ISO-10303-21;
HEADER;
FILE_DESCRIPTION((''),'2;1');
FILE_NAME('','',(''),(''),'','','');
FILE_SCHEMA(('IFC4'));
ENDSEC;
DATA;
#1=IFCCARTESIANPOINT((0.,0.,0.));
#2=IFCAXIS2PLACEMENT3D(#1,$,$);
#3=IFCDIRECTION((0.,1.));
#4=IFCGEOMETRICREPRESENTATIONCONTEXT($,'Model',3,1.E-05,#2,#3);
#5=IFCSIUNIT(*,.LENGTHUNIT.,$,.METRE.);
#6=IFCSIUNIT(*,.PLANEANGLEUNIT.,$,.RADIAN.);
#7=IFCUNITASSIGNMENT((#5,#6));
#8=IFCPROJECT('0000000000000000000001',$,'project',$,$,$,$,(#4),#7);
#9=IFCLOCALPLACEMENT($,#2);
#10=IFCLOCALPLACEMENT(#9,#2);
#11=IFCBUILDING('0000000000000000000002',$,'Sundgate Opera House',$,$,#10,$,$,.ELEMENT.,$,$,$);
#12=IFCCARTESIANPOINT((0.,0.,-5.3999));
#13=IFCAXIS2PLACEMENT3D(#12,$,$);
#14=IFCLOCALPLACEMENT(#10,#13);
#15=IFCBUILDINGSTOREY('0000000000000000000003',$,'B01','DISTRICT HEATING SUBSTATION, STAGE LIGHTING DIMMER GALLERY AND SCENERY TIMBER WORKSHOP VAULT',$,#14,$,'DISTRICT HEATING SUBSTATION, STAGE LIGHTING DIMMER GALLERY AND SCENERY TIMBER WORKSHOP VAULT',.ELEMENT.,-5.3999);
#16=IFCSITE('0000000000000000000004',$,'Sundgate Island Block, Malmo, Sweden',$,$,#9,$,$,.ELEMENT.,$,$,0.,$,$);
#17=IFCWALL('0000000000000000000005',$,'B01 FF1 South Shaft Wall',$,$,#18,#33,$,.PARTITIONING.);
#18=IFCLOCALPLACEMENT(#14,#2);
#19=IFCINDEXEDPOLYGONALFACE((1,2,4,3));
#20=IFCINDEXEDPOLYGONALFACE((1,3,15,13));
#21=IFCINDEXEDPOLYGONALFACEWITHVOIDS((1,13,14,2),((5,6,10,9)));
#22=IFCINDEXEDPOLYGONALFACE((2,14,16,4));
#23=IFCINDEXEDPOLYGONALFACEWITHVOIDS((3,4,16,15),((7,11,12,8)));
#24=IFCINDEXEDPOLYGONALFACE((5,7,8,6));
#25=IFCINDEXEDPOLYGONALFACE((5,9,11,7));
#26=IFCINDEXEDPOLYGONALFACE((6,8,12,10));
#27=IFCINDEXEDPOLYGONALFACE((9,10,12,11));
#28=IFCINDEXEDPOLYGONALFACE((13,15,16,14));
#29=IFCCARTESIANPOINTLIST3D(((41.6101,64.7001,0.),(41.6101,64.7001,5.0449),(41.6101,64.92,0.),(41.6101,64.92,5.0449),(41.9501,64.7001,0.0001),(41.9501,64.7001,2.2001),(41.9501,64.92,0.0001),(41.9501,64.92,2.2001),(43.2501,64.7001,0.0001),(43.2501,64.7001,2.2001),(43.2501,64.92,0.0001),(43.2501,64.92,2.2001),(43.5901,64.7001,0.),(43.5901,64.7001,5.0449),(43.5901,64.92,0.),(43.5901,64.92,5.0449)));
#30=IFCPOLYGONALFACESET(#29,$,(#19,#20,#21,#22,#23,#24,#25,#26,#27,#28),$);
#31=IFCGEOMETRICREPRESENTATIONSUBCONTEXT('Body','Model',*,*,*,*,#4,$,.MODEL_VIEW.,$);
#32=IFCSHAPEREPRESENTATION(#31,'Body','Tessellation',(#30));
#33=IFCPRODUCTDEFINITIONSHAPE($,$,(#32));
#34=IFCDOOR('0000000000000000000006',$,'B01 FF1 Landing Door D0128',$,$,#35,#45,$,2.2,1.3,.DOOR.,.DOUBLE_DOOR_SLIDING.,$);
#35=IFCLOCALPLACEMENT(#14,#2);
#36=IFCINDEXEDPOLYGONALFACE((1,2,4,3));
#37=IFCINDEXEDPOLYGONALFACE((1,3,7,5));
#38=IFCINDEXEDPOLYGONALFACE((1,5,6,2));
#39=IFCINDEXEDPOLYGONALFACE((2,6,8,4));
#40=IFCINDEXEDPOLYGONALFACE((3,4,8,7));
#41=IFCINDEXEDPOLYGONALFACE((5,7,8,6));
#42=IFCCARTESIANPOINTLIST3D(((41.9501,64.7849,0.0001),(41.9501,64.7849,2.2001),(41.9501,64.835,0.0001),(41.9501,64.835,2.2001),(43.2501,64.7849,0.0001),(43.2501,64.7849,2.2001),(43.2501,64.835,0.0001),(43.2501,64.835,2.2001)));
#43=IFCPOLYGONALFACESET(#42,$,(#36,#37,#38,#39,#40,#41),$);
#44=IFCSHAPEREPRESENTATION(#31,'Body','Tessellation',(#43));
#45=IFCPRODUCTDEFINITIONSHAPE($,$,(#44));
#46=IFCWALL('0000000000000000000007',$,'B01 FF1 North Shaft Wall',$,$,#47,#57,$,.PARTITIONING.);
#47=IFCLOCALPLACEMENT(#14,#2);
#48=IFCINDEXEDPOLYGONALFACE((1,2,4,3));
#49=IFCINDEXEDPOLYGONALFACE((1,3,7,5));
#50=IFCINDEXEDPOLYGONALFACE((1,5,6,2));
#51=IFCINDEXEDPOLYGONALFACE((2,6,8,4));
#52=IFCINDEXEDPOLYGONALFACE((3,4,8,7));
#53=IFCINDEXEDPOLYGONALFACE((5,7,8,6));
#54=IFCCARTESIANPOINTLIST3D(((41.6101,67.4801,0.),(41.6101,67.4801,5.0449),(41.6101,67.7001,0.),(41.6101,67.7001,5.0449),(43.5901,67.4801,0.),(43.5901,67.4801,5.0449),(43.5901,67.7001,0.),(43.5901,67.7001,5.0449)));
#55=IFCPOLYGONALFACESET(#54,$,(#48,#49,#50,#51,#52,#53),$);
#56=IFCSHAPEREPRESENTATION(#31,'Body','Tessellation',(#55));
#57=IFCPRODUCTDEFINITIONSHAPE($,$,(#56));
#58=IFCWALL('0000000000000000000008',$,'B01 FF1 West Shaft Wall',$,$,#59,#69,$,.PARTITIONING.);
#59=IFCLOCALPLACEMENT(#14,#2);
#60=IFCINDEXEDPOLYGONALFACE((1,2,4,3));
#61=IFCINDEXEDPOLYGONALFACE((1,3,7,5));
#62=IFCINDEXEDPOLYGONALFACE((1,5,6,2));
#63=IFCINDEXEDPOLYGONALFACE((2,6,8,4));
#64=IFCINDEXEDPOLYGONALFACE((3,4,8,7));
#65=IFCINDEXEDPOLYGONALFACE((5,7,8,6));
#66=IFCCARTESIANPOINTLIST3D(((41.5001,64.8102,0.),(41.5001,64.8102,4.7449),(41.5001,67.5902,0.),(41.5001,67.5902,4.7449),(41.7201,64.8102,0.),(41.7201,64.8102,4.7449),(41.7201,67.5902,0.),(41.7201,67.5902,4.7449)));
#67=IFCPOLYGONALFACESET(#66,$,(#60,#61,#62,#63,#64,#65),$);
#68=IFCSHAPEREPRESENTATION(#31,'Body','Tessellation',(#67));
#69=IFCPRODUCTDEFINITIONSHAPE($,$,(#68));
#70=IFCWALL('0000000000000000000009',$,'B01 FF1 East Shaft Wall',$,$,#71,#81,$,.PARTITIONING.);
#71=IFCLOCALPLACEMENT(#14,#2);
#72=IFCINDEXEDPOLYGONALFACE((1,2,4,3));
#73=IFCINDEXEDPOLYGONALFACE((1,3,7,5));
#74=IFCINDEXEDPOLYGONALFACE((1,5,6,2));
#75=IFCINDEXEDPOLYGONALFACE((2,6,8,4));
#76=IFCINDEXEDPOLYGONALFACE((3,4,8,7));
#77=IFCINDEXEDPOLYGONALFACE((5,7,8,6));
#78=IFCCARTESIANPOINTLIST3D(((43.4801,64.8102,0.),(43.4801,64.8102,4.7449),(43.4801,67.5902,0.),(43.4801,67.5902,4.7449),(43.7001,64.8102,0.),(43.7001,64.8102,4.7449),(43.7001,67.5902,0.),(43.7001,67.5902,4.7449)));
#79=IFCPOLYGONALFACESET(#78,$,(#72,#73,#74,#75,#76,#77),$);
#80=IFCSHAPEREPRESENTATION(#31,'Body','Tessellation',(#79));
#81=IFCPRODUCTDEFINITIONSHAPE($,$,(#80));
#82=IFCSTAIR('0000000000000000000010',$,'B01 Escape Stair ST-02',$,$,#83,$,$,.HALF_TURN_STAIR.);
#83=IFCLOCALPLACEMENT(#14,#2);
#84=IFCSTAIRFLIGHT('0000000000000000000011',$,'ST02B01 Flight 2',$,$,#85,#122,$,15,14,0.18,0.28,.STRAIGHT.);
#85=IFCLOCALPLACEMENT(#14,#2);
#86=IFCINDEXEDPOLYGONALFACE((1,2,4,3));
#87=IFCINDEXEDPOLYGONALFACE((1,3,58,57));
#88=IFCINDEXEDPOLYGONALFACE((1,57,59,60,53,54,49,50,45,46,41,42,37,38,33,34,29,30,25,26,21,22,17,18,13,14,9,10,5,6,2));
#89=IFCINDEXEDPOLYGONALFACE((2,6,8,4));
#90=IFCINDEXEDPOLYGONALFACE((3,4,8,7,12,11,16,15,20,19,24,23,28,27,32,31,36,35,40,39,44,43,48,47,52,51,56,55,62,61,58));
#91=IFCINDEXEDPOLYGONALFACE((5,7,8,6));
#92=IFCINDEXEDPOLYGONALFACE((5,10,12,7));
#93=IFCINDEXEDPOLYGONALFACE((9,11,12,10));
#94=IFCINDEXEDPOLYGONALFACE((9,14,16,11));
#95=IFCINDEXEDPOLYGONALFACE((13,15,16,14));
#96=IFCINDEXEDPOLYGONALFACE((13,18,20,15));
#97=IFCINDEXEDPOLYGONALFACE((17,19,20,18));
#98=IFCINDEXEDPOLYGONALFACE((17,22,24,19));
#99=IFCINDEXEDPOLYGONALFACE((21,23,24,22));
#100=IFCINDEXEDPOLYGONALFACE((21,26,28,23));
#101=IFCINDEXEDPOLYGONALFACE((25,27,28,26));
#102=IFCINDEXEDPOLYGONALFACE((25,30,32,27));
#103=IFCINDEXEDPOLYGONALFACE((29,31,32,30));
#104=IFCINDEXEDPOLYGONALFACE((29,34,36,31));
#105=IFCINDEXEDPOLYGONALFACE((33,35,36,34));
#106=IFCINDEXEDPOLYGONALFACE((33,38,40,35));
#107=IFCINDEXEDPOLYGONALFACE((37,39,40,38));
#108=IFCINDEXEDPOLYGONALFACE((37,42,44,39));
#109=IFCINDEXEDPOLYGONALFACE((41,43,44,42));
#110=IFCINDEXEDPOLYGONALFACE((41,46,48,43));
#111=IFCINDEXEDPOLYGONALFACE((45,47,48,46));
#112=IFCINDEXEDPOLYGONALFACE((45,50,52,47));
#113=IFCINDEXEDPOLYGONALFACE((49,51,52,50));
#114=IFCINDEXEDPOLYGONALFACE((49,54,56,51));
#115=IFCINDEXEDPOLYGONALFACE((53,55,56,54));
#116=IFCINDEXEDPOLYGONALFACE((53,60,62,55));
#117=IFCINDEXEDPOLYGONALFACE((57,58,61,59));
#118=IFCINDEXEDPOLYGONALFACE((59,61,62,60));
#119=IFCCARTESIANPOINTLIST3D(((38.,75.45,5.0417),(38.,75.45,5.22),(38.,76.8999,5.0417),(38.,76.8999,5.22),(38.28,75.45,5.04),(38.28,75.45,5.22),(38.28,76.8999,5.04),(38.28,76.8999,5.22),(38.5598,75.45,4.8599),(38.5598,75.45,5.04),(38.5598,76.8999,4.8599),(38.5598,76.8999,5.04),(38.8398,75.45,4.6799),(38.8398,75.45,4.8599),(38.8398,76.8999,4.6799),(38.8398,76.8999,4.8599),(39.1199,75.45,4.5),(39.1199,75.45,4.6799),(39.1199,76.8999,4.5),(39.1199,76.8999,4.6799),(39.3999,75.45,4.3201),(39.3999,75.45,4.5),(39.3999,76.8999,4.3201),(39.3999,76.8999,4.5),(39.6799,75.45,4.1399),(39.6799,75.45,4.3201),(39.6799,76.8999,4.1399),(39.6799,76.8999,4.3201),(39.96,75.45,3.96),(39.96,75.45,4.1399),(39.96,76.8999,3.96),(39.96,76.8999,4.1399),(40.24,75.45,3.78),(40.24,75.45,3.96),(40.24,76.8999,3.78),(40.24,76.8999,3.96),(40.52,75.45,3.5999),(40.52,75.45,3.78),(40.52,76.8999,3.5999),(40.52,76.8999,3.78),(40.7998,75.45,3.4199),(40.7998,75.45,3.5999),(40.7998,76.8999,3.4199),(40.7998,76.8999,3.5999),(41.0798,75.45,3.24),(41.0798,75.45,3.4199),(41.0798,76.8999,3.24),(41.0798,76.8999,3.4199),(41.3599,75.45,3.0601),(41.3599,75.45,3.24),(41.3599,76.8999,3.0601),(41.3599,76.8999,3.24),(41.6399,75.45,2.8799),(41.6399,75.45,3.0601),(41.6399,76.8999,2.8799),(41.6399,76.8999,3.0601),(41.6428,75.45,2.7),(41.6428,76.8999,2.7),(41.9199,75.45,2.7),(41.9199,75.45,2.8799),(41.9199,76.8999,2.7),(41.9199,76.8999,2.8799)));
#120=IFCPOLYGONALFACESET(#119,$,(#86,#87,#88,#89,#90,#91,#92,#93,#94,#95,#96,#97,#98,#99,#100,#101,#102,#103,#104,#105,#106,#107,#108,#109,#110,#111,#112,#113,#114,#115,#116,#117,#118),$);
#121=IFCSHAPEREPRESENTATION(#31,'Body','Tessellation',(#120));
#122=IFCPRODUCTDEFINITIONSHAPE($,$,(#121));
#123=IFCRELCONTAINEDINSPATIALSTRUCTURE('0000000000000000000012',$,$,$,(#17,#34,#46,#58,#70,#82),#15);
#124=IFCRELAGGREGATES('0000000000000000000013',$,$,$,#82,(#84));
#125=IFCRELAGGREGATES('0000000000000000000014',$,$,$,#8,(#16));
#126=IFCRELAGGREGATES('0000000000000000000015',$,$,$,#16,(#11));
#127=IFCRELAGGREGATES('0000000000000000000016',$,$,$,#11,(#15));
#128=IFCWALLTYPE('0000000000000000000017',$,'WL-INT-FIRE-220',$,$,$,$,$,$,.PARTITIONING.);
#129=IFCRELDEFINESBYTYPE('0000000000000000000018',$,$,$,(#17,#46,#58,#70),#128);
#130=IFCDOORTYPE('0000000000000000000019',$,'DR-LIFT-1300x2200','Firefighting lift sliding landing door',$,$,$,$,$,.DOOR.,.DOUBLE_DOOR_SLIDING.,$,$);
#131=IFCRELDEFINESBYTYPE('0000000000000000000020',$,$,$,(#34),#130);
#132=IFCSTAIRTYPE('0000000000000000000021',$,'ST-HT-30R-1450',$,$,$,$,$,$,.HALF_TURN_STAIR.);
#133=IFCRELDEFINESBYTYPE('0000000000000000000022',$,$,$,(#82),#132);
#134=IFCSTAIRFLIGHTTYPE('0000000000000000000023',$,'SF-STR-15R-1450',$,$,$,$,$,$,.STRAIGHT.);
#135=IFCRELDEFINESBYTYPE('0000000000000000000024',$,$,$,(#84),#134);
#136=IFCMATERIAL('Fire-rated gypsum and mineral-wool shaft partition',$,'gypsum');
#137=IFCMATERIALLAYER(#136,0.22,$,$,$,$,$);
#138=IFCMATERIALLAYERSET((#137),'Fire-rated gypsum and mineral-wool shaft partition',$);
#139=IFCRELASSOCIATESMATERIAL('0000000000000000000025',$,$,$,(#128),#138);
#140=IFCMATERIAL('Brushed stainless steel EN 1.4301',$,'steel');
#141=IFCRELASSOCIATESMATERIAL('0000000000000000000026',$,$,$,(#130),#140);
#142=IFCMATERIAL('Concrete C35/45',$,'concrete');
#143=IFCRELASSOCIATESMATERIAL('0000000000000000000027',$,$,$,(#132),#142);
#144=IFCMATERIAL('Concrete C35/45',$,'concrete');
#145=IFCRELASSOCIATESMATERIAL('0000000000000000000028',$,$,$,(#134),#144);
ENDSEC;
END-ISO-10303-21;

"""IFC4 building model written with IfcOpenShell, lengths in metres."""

from ifc_helpers import new_model, si_unit, direction, frame, frame_2d, origin, place, context, subcontext, project, spatial, polyline, rectangle, outline, extrude, material, layer, layer_set, type_object, element, fill, aggregate, save


model = new_model("IFC4")

# Units and contexts
model_context = context("Model", 3, precision=1e-05, world=origin(), true_north=direction((0.0, 1.0)))
body_context = subcontext(model_context, "Body", "Model", "MODEL_VIEW")
ifc_project = project(units=[si_unit("LENGTHUNIT", "METRE"), si_unit("PLANEANGLEUNIT", "RADIAN")], contexts=[model_context])

# Site, building, storey
site_placement = place(None, origin())
site = spatial("IfcSite", under=ifc_project, at=site_placement, Name="Sundgate Island Block, Malmo, Sweden", CompositionType="ELEMENT", RefElevation=0.0)
building_placement = place(site_placement, origin())
building = spatial("IfcBuilding", under=site, at=building_placement, Name="Sundgate Opera House", CompositionType="ELEMENT")
storey_placement = place(building_placement, frame((0.0, 0.0, -5.3999)))
storey = spatial("IfcBuildingStorey", under=building, at=storey_placement, Name="B01", Description="DISTRICT HEATING SUBSTATION, STAGE LIGHTING DIMMER GALLERY AND SCENERY TIMBER WORKSHOP VAULT", LongName="DISTRICT HEATING SUBSTATION, STAGE LIGHTING DIMMER GALLERY AND SCENERY TIMBER WORKSHOP VAULT", CompositionType="ELEMENT", Elevation=-5.3999)

# Shared definitions
ifc_material_1 = material(Name="Fire-rated gypsum and mineral-wool shaft partition", Category="gypsum")
ifc_layer_1 = layer(ifc_material_1, 0.22)
ifc_layer_set_1 = layer_set([ifc_layer_1], Name="Fire-rated gypsum and mineral-wool shaft partition")
wall_type_1 = type_object("IfcWallType", Name="WL-INT-FIRE-220", PredefinedType="PARTITIONING", material=ifc_layer_set_1)

# Wall, opening, door
wall_1_placement = place(storey_placement, frame((41.6101, 64.8101, 0.0), z_axis=(0.0, 0.0, 1.0), x_axis=(1.0, 0.0, 0.0)))
wall_1 = element("IfcWall", 1, at=wall_1_placement, inside=storey, type_object=wall_type_1, Name="B01 FF1 South Shaft Wall", PredefinedType="PARTITIONING", context=body_context, shape_type="SweptSolid", body=[
    extrude(rectangle(XDim=1.98, YDim=0.22, at=frame_2d((0.99, 0.0))), origin(), (0.0, 0.0, 1.0), 5.0449),
])
opening_placement = place(wall_1_placement, frame((0.3401, 0.0, 0.0)))
opening = element("IfcOpeningElement", 2, at=opening_placement, cuts=wall_1, PredefinedType="OPENING", context=body_context, shape_type="SweptSolid", body=[
    extrude(rectangle(XDim=1.3, YDim=2.2, at=frame_2d((0.6499, 1.1001))), frame((0.0, 0.1199, 0.0), z_axis=(0.0, -1.0, 0.0), x_axis=(1.0, 0.0, 0.0)), (0.0, 0.0, 1.0), 0.24),
])
ifc_material_2 = material(Name="Brushed stainless steel EN 1.4301", Category="steel")
door_type = type_object("IfcDoorType", Name="DR-LIFT-1300x2200", Description="Firefighting lift sliding landing door", OperationType="DOUBLE_DOOR_SLIDING", PredefinedType="DOOR", material=ifc_material_2)
door_placement = place(opening_placement, origin())
door = element("IfcDoor", 3, at=door_placement, inside=storey, type_object=door_type, Name="B01 FF1 Landing Door D0128", OperationType="DOUBLE_DOOR_SLIDING", OverallHeight=2.2, OverallWidth=1.3, PredefinedType="DOOR", context=body_context, shape_type="SweptSolid", body=[
    extrude(rectangle(XDim=1.3, YDim=2.2, at=frame_2d((0.6499, 1.1001))), frame((0.0, 0.0249, 0.0), z_axis=(0.0, -1.0, 0.0), x_axis=(1.0, 0.0, 0.0)), (0.0, 0.0, 1.0), 0.05),
])
fill(opening, door)

# Walls
wall_2_placement = place(storey_placement, frame((41.6101, 67.5901, 0.0), z_axis=(0.0, 0.0, 1.0), x_axis=(1.0, 0.0, 0.0)))
element("IfcWall", 4, at=wall_2_placement, inside=storey, type_object=wall_type_1, Name="B01 FF1 North Shaft Wall", PredefinedType="PARTITIONING", context=body_context, shape_type="SweptSolid", body=[
    extrude(rectangle(XDim=1.98, YDim=0.22, at=frame_2d((0.99, 0.0))), origin(), (0.0, 0.0, 1.0), 5.0449),
])
for number, where, z_axis, x_axis, name in (
    (5, (41.6101, 64.8101, 0.0), (0.0, 0.0, 1.0), (0.0, 1.0, 0.0), "B01 FF1 West Shaft Wall"),
    (6, (43.5901, 64.8101, 0.0), (0.0, 0.0, 1.0), (0.0, 1.0, 0.0), "B01 FF1 East Shaft Wall"),
):
    element("IfcWall", number, at=place(storey_placement, frame(where, z_axis=z_axis, x_axis=x_axis)), inside=storey, type_object=wall_type_1, Name=name, PredefinedType="PARTITIONING", context=body_context, shape_type="SweptSolid", body=[
        extrude(rectangle(XDim=2.78, YDim=0.22, at=frame_2d((1.3901, 0.0))), origin(), (0.0, 0.0, 1.0), 4.7449),
    ])

# Stair, stair flight
ifc_material_3 = material(Name="Concrete C35/45", Category="concrete")
stair_type = type_object("IfcStairType", Name="ST-HT-30R-1450", PredefinedType="HALF_TURN_STAIR", material=ifc_material_3)
stair_placement = place(storey_placement, origin())
stair = element("IfcStair", 7, at=stair_placement, inside=storey, type_object=stair_type, Name="B01 Escape Stair ST-02", PredefinedType="HALF_TURN_STAIR")
ifc_material_4 = material(Name="Concrete C35/45", Category="concrete")
stair_flight_type = type_object("IfcStairFlightType", Name="SF-STR-15R-1450", PredefinedType="STRAIGHT", material=ifc_material_4)
stair_flight_placement = place(storey_placement, frame((41.9199, 76.175, 2.7), z_axis=(0.0, 0.0, 1.0), x_axis=(-1.0, 0.0, 0.0)))
stair_flight = element("IfcStairFlight", 8, at=stair_flight_placement, type_object=stair_flight_type, Name="ST02B01 Flight 2", NumberOfRisers=15, NumberOfTreads=14, PredefinedType="STRAIGHT", RiserHeight=0.18, TreadLength=0.28, context=body_context, shape_type="SweptSolid", body=[
    extrude(outline(polyline([(0.0, 0.0), (0.0, 0.1799), (0.28, 0.1799), (0.28, 0.3601), (0.5601, 0.3601), (0.5601, 0.54), (0.8401, 0.54), (0.8401, 0.72), (1.1201, 0.72), (1.1201, 0.8999), (1.3999, 0.8999), (1.3999, 1.0801), (1.6799, 1.0801), (1.6799, 1.26), (1.96, 1.26), (1.96, 1.4399), (2.24, 1.4399), (2.24, 1.6201), (2.52, 1.6201), (2.52, 1.8), (2.8, 1.8), (2.8, 1.98), (3.0801, 1.98), (3.0801, 2.1599), (3.3601, 2.1599), (3.3601, 2.3401), (3.6399, 2.3401), (3.6399, 2.52), (3.9199, 2.52), (3.9199, 2.7), (3.9199, 2.3418), (0.2771, 0.0), (0.0, 0.0)])), frame((0.0, 0.7251, 0.0), z_axis=(0.0, -1.0, 0.0), x_axis=(1.0, 0.0, 0.0)), (0.0, 0.0, 1.0), 1.45),
])
aggregate(stair, [stair_flight])

save(model, "model.ifc")
